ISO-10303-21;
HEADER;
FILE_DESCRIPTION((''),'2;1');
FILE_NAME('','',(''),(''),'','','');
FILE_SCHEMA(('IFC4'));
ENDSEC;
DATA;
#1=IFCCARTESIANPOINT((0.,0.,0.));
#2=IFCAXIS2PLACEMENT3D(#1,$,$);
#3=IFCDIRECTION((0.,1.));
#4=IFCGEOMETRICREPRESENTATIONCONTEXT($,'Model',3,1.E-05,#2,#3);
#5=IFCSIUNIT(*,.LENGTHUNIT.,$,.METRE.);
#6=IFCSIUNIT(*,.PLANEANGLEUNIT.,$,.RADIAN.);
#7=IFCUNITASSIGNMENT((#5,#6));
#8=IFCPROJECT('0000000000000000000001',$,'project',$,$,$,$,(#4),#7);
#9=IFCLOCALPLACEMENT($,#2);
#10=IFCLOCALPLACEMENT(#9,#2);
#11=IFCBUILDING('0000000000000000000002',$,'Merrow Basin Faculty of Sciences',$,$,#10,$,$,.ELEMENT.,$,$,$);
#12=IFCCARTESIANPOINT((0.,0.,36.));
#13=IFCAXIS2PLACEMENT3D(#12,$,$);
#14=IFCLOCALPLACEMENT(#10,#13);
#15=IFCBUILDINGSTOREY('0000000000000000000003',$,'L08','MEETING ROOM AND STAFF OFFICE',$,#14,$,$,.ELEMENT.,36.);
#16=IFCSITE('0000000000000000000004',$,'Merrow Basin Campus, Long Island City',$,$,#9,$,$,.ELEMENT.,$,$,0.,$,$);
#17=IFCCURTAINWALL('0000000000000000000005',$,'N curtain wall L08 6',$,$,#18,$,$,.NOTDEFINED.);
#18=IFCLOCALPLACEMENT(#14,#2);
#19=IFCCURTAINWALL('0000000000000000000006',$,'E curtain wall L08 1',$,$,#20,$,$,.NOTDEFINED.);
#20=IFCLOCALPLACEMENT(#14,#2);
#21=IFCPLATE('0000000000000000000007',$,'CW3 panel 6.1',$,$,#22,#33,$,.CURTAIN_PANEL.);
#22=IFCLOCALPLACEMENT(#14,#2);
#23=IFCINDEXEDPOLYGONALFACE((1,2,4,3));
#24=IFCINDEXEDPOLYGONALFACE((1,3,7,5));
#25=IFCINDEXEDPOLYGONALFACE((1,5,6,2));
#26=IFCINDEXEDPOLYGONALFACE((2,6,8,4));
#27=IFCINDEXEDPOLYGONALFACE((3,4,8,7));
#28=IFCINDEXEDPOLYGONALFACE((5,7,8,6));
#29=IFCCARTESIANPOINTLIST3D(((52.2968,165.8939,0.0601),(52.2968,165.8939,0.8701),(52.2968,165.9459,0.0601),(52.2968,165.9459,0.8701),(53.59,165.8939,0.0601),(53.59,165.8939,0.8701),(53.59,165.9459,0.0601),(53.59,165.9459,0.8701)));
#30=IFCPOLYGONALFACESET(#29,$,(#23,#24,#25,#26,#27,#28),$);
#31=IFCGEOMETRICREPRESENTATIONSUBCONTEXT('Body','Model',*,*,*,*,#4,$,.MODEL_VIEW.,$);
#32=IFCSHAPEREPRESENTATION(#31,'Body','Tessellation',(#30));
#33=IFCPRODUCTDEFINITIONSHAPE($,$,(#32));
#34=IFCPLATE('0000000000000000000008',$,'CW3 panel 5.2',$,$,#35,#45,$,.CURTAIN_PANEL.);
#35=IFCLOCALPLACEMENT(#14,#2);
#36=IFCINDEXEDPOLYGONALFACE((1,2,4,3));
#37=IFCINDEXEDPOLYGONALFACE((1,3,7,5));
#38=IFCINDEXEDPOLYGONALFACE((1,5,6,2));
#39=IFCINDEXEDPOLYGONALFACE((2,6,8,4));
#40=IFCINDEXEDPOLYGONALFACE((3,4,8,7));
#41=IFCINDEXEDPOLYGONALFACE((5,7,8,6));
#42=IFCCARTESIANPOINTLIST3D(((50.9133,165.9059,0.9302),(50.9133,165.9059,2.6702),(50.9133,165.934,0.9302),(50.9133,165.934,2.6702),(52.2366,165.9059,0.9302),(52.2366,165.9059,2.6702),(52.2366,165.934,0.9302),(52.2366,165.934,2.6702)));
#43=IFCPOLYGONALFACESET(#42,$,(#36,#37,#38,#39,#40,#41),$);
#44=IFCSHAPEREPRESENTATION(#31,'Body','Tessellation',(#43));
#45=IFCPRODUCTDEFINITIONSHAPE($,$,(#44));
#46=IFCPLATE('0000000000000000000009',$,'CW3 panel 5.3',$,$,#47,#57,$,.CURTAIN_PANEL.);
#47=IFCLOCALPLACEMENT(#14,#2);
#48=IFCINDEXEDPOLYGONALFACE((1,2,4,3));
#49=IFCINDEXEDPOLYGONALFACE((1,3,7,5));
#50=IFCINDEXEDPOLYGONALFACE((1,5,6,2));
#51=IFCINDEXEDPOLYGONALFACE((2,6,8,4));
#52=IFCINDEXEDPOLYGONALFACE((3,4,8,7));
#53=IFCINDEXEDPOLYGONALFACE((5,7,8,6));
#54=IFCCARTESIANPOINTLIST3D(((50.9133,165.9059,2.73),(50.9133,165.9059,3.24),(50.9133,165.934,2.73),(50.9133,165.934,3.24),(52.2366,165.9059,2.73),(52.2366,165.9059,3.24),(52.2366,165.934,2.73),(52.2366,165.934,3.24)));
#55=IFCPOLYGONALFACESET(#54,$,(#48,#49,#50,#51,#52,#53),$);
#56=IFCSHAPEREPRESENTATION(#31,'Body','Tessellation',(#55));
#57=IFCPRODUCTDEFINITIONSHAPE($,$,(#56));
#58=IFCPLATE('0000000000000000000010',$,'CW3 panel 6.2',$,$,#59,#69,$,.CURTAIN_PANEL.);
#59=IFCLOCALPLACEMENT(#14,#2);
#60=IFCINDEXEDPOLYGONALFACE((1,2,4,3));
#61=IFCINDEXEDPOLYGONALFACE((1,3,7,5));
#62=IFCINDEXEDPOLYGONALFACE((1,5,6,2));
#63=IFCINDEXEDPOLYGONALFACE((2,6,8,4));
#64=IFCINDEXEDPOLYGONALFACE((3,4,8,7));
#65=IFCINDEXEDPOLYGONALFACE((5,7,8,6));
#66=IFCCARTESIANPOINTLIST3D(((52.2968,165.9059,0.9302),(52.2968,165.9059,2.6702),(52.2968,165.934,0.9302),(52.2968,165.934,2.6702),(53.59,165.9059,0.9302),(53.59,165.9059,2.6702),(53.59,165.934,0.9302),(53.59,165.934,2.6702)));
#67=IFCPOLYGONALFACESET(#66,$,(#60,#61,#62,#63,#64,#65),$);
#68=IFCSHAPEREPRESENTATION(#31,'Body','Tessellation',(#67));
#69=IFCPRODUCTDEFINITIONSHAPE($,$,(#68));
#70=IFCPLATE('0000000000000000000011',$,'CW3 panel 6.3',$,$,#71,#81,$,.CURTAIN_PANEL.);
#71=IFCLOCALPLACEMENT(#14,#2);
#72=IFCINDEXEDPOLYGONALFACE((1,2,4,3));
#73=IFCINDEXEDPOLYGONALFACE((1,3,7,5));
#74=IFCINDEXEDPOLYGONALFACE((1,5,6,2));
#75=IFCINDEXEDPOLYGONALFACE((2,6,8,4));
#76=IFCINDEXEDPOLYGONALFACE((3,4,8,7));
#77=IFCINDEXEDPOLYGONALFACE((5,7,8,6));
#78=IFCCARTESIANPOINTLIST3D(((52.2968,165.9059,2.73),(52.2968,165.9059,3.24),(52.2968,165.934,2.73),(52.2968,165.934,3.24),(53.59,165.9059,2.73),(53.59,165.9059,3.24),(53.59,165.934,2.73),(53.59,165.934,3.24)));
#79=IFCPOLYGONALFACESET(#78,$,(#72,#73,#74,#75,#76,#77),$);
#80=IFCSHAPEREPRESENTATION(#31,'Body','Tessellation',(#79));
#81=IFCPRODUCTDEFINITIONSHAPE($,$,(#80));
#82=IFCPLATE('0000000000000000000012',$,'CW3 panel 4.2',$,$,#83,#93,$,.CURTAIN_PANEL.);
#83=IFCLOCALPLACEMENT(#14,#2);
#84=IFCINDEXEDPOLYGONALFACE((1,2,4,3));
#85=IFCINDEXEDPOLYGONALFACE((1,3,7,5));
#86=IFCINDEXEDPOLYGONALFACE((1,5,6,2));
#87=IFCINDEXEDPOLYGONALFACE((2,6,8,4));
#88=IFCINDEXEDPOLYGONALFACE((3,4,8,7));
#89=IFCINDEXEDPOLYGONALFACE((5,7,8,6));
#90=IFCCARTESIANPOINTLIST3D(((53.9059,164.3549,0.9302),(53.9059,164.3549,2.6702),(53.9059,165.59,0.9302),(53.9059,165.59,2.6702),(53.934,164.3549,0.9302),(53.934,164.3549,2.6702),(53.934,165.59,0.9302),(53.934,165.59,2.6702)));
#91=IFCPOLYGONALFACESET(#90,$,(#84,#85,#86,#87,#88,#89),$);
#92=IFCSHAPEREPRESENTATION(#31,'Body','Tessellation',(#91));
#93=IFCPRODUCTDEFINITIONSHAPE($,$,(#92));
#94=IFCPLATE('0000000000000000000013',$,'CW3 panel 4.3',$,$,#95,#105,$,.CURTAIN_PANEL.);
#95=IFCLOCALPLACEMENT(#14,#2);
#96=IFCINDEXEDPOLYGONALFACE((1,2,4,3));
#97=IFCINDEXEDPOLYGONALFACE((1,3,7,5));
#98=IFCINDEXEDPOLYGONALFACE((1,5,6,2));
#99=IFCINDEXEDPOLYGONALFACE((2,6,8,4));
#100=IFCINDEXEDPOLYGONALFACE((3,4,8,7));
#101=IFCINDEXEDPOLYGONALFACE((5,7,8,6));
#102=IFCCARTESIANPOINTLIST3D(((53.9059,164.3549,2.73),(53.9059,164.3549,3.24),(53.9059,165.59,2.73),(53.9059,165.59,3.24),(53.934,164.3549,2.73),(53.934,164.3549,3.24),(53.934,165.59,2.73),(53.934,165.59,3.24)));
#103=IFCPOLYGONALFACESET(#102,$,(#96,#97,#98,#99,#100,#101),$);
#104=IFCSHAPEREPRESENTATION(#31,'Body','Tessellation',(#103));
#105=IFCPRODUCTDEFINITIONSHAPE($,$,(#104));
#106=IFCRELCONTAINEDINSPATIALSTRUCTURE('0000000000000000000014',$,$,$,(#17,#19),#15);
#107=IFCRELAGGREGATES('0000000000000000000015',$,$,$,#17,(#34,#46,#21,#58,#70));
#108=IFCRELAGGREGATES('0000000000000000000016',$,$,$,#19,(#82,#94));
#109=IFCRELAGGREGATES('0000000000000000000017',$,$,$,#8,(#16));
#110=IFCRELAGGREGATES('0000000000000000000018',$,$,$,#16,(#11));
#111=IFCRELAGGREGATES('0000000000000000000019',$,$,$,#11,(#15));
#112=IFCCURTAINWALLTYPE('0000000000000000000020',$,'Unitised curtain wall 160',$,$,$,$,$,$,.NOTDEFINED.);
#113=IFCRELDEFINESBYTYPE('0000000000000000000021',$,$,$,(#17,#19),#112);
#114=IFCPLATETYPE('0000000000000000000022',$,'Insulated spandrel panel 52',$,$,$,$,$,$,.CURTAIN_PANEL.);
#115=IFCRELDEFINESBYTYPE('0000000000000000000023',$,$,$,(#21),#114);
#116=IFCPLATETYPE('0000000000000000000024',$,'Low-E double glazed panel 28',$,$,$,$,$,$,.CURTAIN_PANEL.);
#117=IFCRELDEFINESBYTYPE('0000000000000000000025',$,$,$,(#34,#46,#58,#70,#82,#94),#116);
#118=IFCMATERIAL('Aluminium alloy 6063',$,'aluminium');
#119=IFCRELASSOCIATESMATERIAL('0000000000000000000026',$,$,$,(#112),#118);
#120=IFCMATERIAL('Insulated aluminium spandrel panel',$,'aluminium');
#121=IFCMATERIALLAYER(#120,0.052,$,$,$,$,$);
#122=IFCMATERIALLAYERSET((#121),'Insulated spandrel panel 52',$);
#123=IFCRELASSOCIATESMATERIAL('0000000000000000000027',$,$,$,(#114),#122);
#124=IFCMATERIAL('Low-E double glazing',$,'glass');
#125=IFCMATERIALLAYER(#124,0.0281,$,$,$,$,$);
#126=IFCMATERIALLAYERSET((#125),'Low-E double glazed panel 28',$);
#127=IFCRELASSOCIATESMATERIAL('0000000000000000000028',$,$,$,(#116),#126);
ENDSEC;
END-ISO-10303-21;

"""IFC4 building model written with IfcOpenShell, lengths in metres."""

from ifc_helpers import new_model, si_unit, direction, frame, origin, origin_2d, place, context, subcontext, project, spatial, rectangle, extrude, material, layer, layer_set, type_object, element, aggregate, save


model = new_model("IFC4")

# Units and contexts
model_context = context("Model", 3, precision=1e-05, world=origin(), true_north=direction((0.0, 1.0)))
body_context = subcontext(model_context, "Body", "Model", "MODEL_VIEW")
ifc_project = project(units=[si_unit("LENGTHUNIT", "METRE"), si_unit("PLANEANGLEUNIT", "RADIAN")], contexts=[model_context])

# Site, building, storey
site_placement = place(None, origin())
site = spatial("IfcSite", under=ifc_project, at=site_placement, Name="Merrow Basin Campus, Long Island City", CompositionType="ELEMENT", RefElevation=0.0)
building_placement = place(site_placement, origin())
building = spatial("IfcBuilding", under=site, at=building_placement, Name="Merrow Basin Faculty of Sciences", CompositionType="ELEMENT")
storey_placement = place(building_placement, frame((0.0, 0.0, 36.0)))
storey = spatial("IfcBuildingStorey", under=building, at=storey_placement, Name="L08", Description="MEETING ROOM AND STAFF OFFICE", CompositionType="ELEMENT", Elevation=36.0)

# Curtain wall
ifc_material_1 = material(Name="Aluminium alloy 6063", Category="aluminium")
curtain_wall_type = type_object("IfcCurtainWallType", Name="Unitised curtain wall 160", PredefinedType="NOTDEFINED", material=ifc_material_1)
curtain_wall_1_placement = place(storey_placement, origin())
curtain_wall_1 = element("IfcCurtainWall", 1, at=curtain_wall_1_placement, inside=storey, type_object=curtain_wall_type, Name="N curtain wall L08 6", PredefinedType="NOTDEFINED")

# Curtain wall
curtain_wall_2_placement = place(storey_placement, origin())
curtain_wall_2 = element("IfcCurtainWall", 2, at=curtain_wall_2_placement, inside=storey, type_object=curtain_wall_type, Name="E curtain wall L08 1", PredefinedType="NOTDEFINED")

# Plates
ifc_material_2 = material(Name="Insulated aluminium spandrel panel", Category="aluminium")
ifc_layer_1 = layer(ifc_material_2, 0.052)
ifc_layer_set_1 = layer_set([ifc_layer_1], Name="Insulated spandrel panel 52")
plate_type_1 = type_object("IfcPlateType", Name="Insulated spandrel panel 52", PredefinedType="CURTAIN_PANEL", material=ifc_layer_set_1)
plate_1_placement = place(storey_placement, frame((52.9434, 165.9199, 0.0601), z_axis=(0.0, 0.0, 1.0), x_axis=(1.0, 0.0, 0.0)))
plate_1 = element("IfcPlate", 3, at=plate_1_placement, type_object=plate_type_1, Name="CW3 panel 6.1", PredefinedType="CURTAIN_PANEL", context=body_context, shape_type="SweptSolid", body=[
    extrude(rectangle(XDim=1.2932, YDim=0.052, at=origin_2d()), origin(), (0.0, 0.0, 1.0), 0.8101),
])
ifc_material_3 = material(Name="Low-E double glazing", Category="glass")
ifc_layer_2 = layer(ifc_material_3, 0.0281)
ifc_layer_set_2 = layer_set([ifc_layer_2], Name="Low-E double glazed panel 28")
plate_type_2 = type_object("IfcPlateType", Name="Low-E double glazed panel 28", PredefinedType="CURTAIN_PANEL", material=ifc_layer_set_2)
plate_2_placement = place(storey_placement, frame((51.575, 165.9199, 0.9302), z_axis=(0.0, 0.0, 1.0), x_axis=(1.0, 0.0, 0.0)))
plate_2 = element("IfcPlate", 4, at=plate_2_placement, type_object=plate_type_2, Name="CW3 panel 5.2", PredefinedType="CURTAIN_PANEL", context=body_context, shape_type="SweptSolid", body=[
    extrude(rectangle(XDim=1.3232, YDim=0.0281, at=origin_2d()), origin(), (0.0, 0.0, 1.0), 1.74),
])
plate_3_placement = place(storey_placement, frame((51.575, 165.9199, 2.73), z_axis=(0.0, 0.0, 1.0), x_axis=(1.0, 0.0, 0.0)))
plate_3 = element("IfcPlate", 5, at=plate_3_placement, type_object=plate_type_2, Name="CW3 panel 5.3", PredefinedType="CURTAIN_PANEL", context=body_context, shape_type="SweptSolid", body=[
    extrude(rectangle(XDim=1.3232, YDim=0.0281, at=origin_2d()), origin(), (0.0, 0.0, 1.0), 0.51),
])
plate_4_placement = place(storey_placement, frame((52.9434, 165.9199, 0.9302), z_axis=(0.0, 0.0, 1.0), x_axis=(1.0, 0.0, 0.0)))
plate_4 = element("IfcPlate", 6, at=plate_4_placement, type_object=plate_type_2, Name="CW3 panel 6.2", PredefinedType="CURTAIN_PANEL", context=body_context, shape_type="SweptSolid", body=[
    extrude(rectangle(XDim=1.2932, YDim=0.0281, at=origin_2d()), origin(), (0.0, 0.0, 1.0), 1.74),
])
plate_5_placement = place(storey_placement, frame((52.9434, 165.9199, 2.73), z_axis=(0.0, 0.0, 1.0), x_axis=(1.0, 0.0, 0.0)))
plate_5 = element("IfcPlate", 7, at=plate_5_placement, type_object=plate_type_2, Name="CW3 panel 6.3", PredefinedType="CURTAIN_PANEL", context=body_context, shape_type="SweptSolid", body=[
    extrude(rectangle(XDim=1.2932, YDim=0.0281, at=origin_2d()), origin(), (0.0, 0.0, 1.0), 0.51),
])
aggregate(curtain_wall_1, [plate_2, plate_3, plate_1, plate_4, plate_5])
plate_6_placement = place(storey_placement, frame((53.9199, 164.9724, 0.9302), z_axis=(0.0, 0.0, 1.0), x_axis=(0.0, 1.0, 0.0)))
plate_6 = element("IfcPlate", 8, at=plate_6_placement, type_object=plate_type_2, Name="CW3 panel 4.2", PredefinedType="CURTAIN_PANEL", context=body_context, shape_type="SweptSolid", body=[
    extrude(rectangle(XDim=1.2351, YDim=0.0281, at=origin_2d()), origin(), (0.0, 0.0, 1.0), 1.74),
])
plate_7_placement = place(storey_placement, frame((53.9199, 164.9724, 2.73), z_axis=(0.0, 0.0, 1.0), x_axis=(0.0, 1.0, 0.0)))
plate_7 = element("IfcPlate", 9, at=plate_7_placement, type_object=plate_type_2, Name="CW3 panel 4.3", PredefinedType="CURTAIN_PANEL", context=body_context, shape_type="SweptSolid", body=[
    extrude(rectangle(XDim=1.2351, YDim=0.0281, at=origin_2d()), origin(), (0.0, 0.0, 1.0), 0.51),
])
aggregate(curtain_wall_2, [plate_6, plate_7])

save(model, "model.ifc")
